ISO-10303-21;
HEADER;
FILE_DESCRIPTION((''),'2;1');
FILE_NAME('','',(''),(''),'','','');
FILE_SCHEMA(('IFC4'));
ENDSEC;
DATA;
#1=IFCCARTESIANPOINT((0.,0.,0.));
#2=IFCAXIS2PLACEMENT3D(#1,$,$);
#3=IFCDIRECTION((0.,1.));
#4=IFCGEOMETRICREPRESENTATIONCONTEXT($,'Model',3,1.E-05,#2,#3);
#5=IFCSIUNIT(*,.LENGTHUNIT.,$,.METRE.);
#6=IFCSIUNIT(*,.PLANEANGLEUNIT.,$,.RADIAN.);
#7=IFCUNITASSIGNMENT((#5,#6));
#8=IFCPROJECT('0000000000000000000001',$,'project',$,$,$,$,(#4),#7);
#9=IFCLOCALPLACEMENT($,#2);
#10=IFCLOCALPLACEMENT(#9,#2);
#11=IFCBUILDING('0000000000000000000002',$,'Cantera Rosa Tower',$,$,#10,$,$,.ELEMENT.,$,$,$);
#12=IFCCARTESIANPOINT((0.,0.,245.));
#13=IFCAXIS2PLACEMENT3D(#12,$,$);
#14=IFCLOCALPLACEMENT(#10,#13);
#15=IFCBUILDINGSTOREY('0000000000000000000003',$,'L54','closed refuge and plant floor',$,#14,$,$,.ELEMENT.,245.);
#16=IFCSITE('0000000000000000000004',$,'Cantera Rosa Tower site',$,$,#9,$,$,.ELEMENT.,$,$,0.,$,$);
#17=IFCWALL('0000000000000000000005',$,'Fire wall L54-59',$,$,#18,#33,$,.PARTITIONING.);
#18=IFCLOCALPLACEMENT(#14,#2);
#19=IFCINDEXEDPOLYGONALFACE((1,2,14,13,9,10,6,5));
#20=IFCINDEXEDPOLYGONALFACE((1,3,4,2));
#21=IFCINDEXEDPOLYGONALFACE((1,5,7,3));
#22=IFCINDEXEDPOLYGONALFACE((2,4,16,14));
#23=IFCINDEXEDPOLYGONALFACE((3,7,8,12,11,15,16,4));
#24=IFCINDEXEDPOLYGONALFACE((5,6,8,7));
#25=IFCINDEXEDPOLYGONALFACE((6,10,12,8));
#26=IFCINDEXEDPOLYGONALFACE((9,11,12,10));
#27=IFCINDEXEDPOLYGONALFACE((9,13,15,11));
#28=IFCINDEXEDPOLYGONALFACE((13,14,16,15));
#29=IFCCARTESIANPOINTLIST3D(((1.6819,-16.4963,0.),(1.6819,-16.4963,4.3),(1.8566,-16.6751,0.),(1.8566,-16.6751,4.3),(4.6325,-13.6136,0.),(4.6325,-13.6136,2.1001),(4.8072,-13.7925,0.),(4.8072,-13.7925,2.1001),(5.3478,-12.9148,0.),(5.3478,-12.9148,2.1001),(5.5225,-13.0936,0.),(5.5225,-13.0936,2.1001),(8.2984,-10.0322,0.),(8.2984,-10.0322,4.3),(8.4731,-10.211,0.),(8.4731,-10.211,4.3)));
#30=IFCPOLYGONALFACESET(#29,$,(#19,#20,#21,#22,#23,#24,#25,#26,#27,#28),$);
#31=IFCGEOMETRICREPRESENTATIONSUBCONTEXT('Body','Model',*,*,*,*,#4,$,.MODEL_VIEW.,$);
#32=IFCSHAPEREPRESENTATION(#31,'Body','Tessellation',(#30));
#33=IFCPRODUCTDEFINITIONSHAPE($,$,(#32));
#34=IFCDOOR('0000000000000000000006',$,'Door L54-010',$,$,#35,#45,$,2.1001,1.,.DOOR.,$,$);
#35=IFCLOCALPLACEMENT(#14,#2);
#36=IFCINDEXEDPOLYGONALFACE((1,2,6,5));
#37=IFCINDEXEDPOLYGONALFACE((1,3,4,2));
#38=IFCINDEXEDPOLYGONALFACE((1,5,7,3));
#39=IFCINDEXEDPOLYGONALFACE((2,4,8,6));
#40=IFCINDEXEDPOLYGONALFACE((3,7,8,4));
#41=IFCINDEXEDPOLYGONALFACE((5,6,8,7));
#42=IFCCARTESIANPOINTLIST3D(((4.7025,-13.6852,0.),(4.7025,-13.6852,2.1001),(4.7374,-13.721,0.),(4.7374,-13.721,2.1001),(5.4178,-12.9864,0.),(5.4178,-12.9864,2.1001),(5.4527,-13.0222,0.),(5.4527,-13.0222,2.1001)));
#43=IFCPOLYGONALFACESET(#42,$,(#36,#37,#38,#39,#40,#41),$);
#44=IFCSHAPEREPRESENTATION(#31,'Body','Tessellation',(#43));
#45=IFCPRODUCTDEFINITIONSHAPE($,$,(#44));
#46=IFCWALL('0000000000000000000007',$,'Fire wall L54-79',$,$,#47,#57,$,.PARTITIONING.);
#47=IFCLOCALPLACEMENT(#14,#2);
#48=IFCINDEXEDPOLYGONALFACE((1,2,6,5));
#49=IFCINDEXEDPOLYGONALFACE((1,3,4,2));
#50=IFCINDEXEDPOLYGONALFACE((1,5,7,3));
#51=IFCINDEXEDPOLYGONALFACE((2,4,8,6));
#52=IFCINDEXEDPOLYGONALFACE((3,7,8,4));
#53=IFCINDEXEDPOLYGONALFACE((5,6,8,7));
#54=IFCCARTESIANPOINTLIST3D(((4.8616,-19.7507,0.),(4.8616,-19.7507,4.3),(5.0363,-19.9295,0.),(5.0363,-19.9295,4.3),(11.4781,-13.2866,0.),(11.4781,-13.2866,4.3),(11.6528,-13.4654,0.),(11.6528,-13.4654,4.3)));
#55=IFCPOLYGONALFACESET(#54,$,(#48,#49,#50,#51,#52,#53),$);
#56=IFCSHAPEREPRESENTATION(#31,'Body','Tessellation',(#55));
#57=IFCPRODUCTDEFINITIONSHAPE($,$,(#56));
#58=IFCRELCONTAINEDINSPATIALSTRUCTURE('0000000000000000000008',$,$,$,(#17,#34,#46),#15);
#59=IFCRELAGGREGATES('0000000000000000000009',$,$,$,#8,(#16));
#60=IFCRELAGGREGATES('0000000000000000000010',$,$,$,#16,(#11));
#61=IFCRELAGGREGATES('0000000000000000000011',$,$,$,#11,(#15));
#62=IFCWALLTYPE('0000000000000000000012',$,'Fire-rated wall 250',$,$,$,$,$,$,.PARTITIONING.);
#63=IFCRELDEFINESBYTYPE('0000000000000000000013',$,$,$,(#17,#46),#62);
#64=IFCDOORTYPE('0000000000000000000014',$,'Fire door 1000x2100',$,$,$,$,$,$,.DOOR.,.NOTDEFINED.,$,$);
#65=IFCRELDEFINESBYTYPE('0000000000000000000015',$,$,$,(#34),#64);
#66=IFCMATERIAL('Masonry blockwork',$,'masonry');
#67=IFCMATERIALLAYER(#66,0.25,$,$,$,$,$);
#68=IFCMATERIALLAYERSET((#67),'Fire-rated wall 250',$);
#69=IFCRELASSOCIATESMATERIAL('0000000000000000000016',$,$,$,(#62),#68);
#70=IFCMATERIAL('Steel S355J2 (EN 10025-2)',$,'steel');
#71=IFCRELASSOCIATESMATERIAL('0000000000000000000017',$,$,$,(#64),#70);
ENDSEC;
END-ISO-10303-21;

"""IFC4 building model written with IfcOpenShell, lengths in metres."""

from ifc_helpers import new_model, si_unit, direction, frame, frame_2d, origin, place, context, subcontext, project, spatial, rectangle, extrude, material, layer, layer_set, type_object, element, fill, save


model = new_model("IFC4")

# Units and contexts
model_context = context("Model", 3, precision=1e-05, world=origin(), true_north=direction((0.0, 1.0)))
body_context = subcontext(model_context, "Body", "Model", "MODEL_VIEW")
ifc_project = project(units=[si_unit("LENGTHUNIT", "METRE"), si_unit("PLANEANGLEUNIT", "RADIAN")], contexts=[model_context])

# Site, building, storey
site_placement = place(None, origin())
site = spatial("IfcSite", under=ifc_project, at=site_placement, Name="Cantera Rosa Tower site", CompositionType="ELEMENT", RefElevation=0.0)
building_placement = place(site_placement, origin())
building = spatial("IfcBuilding", under=site, at=building_placement, Name="Cantera Rosa Tower", CompositionType="ELEMENT")
storey_placement = place(building_placement, frame((0.0, 0.0, 245.0)))
storey = spatial("IfcBuildingStorey", under=building, at=storey_placement, Name="L54", Description="closed refuge and plant floor", CompositionType="ELEMENT", Elevation=245.0)

# Shared definitions
ifc_material_1 = material(Name="Masonry blockwork", Category="masonry")
ifc_layer_1 = layer(ifc_material_1, 0.25)
ifc_layer_set_1 = layer_set([ifc_layer_1], Name="Fire-rated wall 250")
wall_type = type_object("IfcWallType", Name="Fire-rated wall 250", PredefinedType="PARTITIONING", material=ifc_layer_set_1)

# Wall, opening, door
wall_1_placement = place(storey_placement, frame((1.7693, -16.5857, 0.0), z_axis=(0.0, 0.0, 1.0), x_axis=(0.715294, 0.698824, 0.0)))
wall_1 = element("IfcWall", 1, at=wall_1_placement, inside=storey, type_object=wall_type, Name="Fire wall L54-59", PredefinedType="PARTITIONING", context=body_context, shape_type="SweptSolid", body=[
    extrude(rectangle(XDim=9.25, YDim=0.25, at=frame_2d((4.625, 0.0))), origin(), (0.0, 0.0, 1.0), 4.3),
])
opening_placement = place(wall_1_placement, frame((4.125, 0.0, 0.0)))
opening = element("IfcOpeningElement", 2, at=opening_placement, cuts=wall_1, PredefinedType="OPENING", context=body_context, shape_type="SweptSolid", body=[
    extrude(rectangle(XDim=1.0, YDim=2.1001, at=frame_2d((0.5, 1.05))), frame((0.0, 0.135, 0.0), z_axis=(0.0, -1.0, 0.0), x_axis=(1.0, 0.0, 0.0)), (0.0, 0.0, 1.0), 0.27),
])
ifc_material_2 = material(Name="Steel S355J2 (EN 10025-2)", Category="steel")
door_type = type_object("IfcDoorType", Name="Fire door 1000x2100", OperationType="NOTDEFINED", PredefinedType="DOOR", material=ifc_material_2)
door_placement = place(opening_placement, origin())
door = element("IfcDoor", 3, at=door_placement, inside=storey, type_object=door_type, Name="Door L54-010", OverallHeight=2.1001, OverallWidth=1.0, PredefinedType="DOOR", context=body_context, shape_type="SweptSolid", body=[
    extrude(rectangle(XDim=1.0, YDim=2.1001, at=frame_2d((0.5, 1.05))), frame((0.0, 0.0249, 0.0), z_axis=(0.0, -1.0, 0.0), x_axis=(1.0, 0.0, 0.0)), (0.0, 0.0, 1.0), 0.05),
])
fill(opening, door)

# Wall
wall_2_placement = place(storey_placement, frame((4.949, -19.8401, 0.0), z_axis=(0.0, 0.0, 1.0), x_axis=(0.715294, 0.698824, 0.0)))
element("IfcWall", 4, at=wall_2_placement, inside=storey, type_object=wall_type, Name="Fire wall L54-79", PredefinedType="PARTITIONING", context=body_context, shape_type="SweptSolid", body=[
    extrude(rectangle(XDim=9.25, YDim=0.25, at=frame_2d((4.625, 0.0))), origin(), (0.0, 0.0, 1.0), 4.3),
])

save(model, "model.ifc")
